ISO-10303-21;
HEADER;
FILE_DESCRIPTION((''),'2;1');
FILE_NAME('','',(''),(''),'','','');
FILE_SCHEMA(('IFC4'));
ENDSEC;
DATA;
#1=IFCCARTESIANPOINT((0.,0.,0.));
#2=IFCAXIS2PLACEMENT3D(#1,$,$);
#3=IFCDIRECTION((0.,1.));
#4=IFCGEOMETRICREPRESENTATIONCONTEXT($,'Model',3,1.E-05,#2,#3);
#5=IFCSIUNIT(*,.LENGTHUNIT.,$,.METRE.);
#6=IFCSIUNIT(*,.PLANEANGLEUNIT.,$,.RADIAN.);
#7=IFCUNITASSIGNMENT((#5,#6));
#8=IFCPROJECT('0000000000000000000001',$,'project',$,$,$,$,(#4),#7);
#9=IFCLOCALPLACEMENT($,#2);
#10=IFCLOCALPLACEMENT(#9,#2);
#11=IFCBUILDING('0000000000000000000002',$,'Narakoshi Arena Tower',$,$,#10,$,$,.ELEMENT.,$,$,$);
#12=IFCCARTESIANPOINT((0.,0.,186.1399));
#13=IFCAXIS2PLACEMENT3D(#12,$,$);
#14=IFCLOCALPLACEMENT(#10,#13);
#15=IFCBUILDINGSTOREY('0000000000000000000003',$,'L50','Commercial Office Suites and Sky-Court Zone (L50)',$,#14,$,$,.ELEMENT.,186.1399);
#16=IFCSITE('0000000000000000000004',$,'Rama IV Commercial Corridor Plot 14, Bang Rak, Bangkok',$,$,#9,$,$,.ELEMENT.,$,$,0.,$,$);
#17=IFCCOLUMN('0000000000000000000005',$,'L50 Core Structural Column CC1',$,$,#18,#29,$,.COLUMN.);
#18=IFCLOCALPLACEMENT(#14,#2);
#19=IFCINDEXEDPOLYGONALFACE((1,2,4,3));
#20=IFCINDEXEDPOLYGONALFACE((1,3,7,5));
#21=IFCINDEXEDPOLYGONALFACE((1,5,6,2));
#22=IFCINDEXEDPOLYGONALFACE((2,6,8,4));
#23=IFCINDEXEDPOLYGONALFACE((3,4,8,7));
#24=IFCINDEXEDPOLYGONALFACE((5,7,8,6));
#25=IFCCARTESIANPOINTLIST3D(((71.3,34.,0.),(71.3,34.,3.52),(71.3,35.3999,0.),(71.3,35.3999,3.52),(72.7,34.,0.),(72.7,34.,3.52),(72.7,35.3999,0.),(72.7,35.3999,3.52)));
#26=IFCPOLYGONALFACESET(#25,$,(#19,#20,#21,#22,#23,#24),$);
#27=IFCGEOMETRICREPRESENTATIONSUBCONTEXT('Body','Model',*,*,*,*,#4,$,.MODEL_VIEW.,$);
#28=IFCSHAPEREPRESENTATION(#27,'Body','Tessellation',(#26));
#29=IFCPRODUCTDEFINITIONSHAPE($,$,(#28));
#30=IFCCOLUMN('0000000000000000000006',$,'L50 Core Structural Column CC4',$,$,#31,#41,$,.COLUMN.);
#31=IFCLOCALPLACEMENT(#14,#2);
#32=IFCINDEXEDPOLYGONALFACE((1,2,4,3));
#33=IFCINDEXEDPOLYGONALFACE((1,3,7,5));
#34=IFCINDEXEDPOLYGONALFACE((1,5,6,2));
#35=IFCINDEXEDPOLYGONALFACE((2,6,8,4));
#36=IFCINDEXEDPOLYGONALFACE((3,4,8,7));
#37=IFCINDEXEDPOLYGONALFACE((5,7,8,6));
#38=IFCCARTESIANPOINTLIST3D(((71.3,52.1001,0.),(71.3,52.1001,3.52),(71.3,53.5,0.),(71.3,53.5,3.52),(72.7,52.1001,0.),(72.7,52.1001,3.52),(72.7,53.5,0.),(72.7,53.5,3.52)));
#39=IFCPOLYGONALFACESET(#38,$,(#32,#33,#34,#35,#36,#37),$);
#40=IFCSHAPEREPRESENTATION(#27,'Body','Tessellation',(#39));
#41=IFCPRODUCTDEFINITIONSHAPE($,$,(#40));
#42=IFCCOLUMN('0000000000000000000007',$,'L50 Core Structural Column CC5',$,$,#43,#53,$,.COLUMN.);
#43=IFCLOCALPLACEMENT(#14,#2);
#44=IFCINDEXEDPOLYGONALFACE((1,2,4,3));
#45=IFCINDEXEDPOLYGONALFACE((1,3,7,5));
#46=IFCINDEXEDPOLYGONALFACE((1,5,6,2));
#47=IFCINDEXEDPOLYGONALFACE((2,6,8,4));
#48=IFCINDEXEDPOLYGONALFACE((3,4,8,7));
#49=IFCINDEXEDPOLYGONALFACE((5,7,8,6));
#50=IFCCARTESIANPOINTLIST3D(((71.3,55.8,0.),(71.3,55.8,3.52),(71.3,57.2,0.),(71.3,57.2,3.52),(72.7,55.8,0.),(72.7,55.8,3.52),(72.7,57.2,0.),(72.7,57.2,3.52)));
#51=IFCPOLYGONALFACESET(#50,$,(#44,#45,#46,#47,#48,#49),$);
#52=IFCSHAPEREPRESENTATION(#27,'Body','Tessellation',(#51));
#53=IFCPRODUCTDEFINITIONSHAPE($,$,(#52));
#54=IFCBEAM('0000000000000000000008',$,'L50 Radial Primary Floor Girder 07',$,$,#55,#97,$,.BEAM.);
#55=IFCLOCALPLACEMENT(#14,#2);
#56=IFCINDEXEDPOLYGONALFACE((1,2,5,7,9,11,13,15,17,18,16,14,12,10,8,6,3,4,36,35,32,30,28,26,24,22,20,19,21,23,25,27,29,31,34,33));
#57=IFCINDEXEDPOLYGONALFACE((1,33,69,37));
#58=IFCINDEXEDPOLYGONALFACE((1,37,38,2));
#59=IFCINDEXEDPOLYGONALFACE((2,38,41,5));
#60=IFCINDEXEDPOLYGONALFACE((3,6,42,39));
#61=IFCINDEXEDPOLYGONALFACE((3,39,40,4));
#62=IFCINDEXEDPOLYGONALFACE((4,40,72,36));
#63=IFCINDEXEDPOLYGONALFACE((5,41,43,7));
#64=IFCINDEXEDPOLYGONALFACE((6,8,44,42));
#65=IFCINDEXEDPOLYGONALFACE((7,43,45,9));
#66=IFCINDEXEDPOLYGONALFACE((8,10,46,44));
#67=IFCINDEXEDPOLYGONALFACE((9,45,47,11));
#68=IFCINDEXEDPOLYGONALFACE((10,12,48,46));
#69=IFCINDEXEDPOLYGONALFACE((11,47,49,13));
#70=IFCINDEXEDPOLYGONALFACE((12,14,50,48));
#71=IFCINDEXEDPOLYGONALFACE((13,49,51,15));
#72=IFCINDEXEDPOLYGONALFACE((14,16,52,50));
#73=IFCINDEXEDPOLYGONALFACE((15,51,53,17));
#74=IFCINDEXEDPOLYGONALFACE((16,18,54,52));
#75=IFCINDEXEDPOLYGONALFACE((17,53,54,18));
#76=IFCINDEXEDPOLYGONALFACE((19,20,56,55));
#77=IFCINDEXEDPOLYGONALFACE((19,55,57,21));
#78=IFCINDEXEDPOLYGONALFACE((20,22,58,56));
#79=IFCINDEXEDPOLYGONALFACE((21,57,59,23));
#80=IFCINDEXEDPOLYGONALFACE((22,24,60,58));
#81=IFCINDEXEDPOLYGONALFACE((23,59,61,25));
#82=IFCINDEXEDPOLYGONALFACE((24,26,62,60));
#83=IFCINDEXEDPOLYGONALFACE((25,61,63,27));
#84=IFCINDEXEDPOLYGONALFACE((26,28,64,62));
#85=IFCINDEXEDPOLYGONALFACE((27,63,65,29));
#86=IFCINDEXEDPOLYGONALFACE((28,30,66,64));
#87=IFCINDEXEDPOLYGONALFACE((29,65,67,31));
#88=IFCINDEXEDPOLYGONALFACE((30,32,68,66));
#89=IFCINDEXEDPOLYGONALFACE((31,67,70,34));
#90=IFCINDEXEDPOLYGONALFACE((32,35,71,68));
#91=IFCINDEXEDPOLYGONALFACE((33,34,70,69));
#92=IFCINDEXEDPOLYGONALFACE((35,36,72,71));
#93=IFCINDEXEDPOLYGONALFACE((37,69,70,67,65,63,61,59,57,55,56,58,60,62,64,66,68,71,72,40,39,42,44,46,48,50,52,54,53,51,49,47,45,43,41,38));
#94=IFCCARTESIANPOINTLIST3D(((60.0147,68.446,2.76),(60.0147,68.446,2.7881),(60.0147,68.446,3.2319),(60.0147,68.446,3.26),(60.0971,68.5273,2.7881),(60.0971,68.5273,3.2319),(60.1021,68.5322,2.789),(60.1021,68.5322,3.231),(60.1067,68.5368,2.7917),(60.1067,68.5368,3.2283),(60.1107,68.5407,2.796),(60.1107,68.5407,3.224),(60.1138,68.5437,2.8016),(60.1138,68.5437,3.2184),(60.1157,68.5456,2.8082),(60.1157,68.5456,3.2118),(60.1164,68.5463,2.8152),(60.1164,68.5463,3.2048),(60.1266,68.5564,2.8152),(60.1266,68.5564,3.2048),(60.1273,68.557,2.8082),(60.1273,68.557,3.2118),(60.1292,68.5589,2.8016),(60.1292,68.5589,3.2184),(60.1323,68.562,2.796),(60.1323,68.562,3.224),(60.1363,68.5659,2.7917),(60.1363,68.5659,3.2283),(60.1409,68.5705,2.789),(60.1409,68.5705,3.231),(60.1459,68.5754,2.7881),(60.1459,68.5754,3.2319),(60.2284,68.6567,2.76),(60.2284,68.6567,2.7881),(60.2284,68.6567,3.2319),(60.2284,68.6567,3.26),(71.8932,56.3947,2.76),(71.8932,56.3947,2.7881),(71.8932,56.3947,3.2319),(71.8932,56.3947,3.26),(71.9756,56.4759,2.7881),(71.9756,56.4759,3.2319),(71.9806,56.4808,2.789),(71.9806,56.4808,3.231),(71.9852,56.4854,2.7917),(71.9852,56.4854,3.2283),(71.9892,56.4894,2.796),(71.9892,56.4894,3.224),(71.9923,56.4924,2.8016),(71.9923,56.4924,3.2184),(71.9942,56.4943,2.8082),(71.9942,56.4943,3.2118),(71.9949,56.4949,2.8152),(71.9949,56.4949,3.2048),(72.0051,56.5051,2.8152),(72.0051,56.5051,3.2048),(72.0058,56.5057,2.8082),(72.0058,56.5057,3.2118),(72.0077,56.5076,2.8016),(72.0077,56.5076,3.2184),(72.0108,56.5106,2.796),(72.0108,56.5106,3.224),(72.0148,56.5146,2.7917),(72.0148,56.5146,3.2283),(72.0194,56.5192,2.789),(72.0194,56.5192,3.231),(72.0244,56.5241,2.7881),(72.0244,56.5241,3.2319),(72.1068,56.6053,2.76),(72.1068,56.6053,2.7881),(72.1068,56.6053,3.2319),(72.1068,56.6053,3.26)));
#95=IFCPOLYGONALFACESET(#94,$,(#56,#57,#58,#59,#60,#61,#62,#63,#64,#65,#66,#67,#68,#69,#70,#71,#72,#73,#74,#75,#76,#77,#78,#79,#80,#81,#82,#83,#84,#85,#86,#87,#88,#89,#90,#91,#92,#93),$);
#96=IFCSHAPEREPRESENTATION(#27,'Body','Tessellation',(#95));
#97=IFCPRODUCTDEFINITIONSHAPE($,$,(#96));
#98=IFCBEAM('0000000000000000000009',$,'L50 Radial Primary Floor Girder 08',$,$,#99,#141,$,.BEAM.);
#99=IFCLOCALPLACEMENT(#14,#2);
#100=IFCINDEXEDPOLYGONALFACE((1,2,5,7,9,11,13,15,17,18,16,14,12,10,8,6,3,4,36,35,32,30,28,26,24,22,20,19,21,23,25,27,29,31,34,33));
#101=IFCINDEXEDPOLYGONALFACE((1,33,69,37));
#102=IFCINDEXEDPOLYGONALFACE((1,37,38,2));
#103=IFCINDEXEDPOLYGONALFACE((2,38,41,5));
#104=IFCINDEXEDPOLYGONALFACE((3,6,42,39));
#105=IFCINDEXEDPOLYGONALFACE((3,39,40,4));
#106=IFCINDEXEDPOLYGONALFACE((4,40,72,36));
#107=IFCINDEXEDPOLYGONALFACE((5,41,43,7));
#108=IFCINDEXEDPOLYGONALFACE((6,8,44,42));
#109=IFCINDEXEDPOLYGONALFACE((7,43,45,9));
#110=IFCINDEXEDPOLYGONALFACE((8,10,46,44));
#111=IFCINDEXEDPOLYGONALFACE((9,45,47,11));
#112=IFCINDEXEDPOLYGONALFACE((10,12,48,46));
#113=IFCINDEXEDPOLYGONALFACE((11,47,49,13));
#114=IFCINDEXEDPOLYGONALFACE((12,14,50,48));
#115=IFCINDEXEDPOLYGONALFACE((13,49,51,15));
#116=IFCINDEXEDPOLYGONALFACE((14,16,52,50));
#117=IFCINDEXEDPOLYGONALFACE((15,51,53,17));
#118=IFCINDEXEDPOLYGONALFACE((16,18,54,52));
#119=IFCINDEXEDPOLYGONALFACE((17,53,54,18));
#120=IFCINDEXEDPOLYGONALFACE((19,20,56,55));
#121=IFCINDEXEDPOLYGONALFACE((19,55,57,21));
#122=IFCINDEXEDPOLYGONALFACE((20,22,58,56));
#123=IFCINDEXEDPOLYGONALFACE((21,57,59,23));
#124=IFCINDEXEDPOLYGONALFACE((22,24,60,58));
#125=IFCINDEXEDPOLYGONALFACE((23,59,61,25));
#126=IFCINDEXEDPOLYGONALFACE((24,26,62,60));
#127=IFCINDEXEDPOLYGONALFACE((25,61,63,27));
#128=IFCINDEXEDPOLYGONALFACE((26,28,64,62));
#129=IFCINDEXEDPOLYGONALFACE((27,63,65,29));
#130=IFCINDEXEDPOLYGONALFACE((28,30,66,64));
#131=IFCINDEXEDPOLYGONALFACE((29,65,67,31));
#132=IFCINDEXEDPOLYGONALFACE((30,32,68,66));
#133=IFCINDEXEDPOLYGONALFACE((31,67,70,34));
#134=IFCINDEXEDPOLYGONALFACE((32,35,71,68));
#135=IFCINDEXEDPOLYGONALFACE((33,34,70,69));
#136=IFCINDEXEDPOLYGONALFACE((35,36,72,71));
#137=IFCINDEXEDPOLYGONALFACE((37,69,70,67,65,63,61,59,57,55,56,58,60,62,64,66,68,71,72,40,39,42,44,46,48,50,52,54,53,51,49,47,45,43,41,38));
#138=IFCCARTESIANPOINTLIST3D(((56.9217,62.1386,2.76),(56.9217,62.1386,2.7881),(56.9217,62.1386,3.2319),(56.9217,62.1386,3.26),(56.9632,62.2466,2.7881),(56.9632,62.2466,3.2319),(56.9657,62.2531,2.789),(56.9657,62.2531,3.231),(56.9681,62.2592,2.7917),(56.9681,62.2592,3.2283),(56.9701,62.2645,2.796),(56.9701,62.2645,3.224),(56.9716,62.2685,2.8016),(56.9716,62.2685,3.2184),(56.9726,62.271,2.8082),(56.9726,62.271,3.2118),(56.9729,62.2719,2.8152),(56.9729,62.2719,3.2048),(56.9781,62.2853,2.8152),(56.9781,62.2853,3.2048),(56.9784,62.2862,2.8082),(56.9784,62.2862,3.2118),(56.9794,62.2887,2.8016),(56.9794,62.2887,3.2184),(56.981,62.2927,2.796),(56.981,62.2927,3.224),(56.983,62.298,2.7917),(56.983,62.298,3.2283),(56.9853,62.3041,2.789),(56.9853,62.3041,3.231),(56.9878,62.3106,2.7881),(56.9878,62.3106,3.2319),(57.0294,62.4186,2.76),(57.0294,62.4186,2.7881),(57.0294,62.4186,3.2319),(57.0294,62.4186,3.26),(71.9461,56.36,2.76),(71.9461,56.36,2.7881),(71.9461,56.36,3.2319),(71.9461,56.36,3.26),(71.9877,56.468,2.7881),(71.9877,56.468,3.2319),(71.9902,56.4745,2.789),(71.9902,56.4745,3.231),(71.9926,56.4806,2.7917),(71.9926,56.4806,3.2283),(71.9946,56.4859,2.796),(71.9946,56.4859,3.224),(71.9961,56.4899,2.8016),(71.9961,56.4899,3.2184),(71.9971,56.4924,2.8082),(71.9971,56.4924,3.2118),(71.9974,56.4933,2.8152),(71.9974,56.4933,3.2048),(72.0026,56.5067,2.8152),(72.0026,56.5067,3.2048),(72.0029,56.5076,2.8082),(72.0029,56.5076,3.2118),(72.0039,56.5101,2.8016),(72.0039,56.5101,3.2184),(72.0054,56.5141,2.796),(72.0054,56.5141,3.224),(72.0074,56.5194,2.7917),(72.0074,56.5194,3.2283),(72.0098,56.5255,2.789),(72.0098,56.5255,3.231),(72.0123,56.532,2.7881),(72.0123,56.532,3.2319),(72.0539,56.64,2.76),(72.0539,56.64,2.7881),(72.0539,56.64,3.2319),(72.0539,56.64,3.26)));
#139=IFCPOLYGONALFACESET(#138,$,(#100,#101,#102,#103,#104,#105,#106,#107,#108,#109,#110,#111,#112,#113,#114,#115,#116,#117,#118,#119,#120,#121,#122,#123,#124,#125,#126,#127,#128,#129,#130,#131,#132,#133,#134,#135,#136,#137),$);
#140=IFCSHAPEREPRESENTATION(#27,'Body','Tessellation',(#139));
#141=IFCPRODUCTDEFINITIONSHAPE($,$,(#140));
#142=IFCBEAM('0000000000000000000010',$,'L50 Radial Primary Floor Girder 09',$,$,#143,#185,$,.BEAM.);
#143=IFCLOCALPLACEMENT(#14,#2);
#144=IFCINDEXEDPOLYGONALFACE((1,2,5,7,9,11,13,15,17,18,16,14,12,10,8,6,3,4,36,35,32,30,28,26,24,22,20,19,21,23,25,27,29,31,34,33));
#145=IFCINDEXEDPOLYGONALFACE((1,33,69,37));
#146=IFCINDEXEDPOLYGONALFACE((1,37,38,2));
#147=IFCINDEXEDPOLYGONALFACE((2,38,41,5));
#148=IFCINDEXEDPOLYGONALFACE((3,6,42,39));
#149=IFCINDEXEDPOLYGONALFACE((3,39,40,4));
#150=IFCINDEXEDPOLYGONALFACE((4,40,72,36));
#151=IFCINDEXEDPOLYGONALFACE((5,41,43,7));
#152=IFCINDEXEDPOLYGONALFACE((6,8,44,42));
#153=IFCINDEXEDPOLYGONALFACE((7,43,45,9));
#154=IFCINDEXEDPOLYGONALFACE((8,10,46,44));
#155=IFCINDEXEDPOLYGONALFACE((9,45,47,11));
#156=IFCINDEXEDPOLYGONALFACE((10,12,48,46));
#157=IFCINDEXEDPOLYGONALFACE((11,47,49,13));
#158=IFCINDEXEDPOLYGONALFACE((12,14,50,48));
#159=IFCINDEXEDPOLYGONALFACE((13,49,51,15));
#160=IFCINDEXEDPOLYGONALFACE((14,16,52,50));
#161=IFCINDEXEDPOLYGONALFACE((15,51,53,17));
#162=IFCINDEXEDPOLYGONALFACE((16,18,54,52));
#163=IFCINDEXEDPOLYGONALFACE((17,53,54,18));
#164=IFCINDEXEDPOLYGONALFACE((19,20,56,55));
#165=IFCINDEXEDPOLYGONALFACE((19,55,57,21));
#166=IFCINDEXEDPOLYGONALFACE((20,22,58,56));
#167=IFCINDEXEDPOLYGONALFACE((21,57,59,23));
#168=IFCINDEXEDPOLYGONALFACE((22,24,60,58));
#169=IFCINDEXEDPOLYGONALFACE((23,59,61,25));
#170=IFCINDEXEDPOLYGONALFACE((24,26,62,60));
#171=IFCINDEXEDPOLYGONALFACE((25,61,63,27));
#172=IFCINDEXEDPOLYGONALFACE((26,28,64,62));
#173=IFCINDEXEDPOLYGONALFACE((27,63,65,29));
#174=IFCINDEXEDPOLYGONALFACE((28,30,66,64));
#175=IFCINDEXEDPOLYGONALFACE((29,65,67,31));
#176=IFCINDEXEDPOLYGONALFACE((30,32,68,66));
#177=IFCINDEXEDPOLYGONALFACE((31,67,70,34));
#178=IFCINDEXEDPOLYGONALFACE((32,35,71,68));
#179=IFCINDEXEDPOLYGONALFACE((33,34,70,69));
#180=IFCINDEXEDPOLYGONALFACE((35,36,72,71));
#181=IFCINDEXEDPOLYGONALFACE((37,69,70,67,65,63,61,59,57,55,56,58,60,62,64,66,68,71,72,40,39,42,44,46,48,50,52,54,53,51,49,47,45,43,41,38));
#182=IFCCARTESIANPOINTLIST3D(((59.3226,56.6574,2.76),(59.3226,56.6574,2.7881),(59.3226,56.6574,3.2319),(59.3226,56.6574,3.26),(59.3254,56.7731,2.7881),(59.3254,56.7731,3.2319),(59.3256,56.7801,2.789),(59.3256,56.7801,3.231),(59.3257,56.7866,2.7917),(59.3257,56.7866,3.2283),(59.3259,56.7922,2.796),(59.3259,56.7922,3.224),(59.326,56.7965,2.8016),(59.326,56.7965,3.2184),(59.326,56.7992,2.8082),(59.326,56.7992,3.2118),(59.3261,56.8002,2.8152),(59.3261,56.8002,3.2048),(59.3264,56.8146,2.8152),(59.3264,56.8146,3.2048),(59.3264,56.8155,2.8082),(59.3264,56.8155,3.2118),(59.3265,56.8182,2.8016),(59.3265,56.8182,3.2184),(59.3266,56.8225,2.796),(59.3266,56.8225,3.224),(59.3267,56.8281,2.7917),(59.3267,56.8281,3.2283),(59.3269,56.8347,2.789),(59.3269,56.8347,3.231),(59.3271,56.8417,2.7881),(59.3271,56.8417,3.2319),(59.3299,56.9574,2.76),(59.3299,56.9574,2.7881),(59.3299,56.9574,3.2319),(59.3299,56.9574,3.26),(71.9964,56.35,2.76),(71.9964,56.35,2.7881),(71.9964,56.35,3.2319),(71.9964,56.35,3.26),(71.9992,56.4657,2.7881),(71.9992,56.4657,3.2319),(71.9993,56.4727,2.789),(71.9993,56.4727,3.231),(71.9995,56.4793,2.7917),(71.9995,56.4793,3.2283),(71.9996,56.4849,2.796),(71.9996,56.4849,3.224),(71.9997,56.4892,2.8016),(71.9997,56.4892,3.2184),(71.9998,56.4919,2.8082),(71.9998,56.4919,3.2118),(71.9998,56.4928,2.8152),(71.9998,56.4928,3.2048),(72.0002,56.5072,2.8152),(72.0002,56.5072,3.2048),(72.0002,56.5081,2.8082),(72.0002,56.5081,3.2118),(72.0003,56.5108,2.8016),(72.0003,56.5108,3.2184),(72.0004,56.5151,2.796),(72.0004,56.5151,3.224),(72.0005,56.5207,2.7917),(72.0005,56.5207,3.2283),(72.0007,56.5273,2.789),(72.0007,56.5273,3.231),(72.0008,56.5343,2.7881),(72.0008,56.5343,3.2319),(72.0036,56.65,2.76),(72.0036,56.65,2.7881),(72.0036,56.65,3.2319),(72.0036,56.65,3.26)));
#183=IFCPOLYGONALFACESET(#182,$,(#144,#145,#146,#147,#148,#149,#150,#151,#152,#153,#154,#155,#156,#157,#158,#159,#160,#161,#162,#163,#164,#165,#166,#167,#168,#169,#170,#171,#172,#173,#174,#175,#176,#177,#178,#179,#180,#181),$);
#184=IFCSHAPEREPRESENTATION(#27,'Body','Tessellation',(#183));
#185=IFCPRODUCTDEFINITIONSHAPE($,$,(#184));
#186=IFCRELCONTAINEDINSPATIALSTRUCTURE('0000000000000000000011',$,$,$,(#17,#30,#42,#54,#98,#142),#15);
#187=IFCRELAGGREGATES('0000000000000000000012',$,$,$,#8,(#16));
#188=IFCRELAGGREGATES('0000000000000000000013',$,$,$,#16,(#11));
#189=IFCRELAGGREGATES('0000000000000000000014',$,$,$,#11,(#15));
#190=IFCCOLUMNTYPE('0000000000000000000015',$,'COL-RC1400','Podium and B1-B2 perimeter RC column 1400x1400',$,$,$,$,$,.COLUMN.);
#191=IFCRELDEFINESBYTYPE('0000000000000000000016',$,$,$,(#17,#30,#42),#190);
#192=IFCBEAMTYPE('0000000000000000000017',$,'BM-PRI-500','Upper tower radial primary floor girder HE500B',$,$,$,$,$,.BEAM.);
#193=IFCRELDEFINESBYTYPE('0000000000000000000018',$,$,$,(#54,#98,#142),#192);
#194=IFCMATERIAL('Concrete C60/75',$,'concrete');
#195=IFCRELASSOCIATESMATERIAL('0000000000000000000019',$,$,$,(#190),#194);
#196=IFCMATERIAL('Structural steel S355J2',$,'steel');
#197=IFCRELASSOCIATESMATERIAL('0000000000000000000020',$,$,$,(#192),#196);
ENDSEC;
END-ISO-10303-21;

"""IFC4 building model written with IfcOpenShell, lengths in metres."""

from ifc_helpers import new_model, si_unit, direction, frame, origin, origin_2d, place, context, subcontext, project, spatial, rectangle, i_section, extrude, material, material_profile, profile_set, type_object, element, save


model = new_model("IFC4")

# Units and contexts
model_context = context("Model", 3, precision=1e-05, world=origin(), true_north=direction((0.0, 1.0)))
body_context = subcontext(model_context, "Body", "Model", "MODEL_VIEW")
ifc_project = project(units=[si_unit("LENGTHUNIT", "METRE"), si_unit("PLANEANGLEUNIT", "RADIAN")], contexts=[model_context])

# Site, building, storey
site_placement = place(None, origin())
site = spatial("IfcSite", under=ifc_project, at=site_placement, Name="Rama IV Commercial Corridor Plot 14, Bang Rak, Bangkok", CompositionType="ELEMENT", RefElevation=0.0)
building_placement = place(site_placement, origin())
building = spatial("IfcBuilding", under=site, at=building_placement, Name="Narakoshi Arena Tower", CompositionType="ELEMENT")
storey_placement = place(building_placement, frame((0.0, 0.0, 186.1399)))
storey = spatial("IfcBuildingStorey", under=building, at=storey_placement, Name="L50", Description="Commercial Office Suites and Sky-Court Zone (L50)", CompositionType="ELEMENT", Elevation=186.1399)

# Columns
ifc_material_1 = material(Name="Concrete C60/75", Category="concrete")
ifc_material_profile_1 = material_profile(ifc_material_1, rectangle(XDim=1.3999, YDim=1.3999, at=origin_2d()), Name="RC1400x1400")
ifc_profile_set_1 = profile_set([ifc_material_profile_1], Name="Concrete C60/75")
column_type = type_object("IfcColumnType", Name="COL-RC1400", Description="Podium and B1-B2 perimeter RC column 1400x1400", PredefinedType="COLUMN", material=ifc_profile_set_1)
for number, where, z_axis, x_axis, name in (
    (1, (72.0, 34.7, 0.0), (0.0, 0.0, 1.0), (1.0, 0.0, 0.0), "L50 Core Structural Column CC1"),
    (2, (72.0, 52.8, 0.0), (0.0, 0.0, 1.0), (1.0, 0.0, 0.0), "L50 Core Structural Column CC4"),
    (3, (72.0, 56.5, 0.0), (0.0, 0.0, 1.0), (1.0, 0.0, 0.0), "L50 Core Structural Column CC5"),
):
    element("IfcColumn", number, at=place(storey_placement, frame(where, z_axis=z_axis, x_axis=x_axis)), inside=storey, type_object=column_type, Name=name, PredefinedType="COLUMN", context=body_context, shape_type="SweptSolid", body=[
        extrude(rectangle(XDim=1.3999, YDim=1.3999, at=origin_2d()), origin(), (0.0, 0.0, 1.0), 3.52),
    ])

# Beams
ifc_material_2 = material(Name="Structural steel S355J2", Category="steel")
ifc_material_profile_2 = material_profile(ifc_material_2, i_section(OverallWidth=0.3, OverallDepth=0.5, WebThickness=0.0144, FlangeThickness=0.0281, FilletRadius=0.0271, at=origin_2d()), Name="HE500B")
ifc_profile_set_2 = profile_set([ifc_material_profile_2], Name="Structural steel S355J2")
beam_type_1 = type_object("IfcBeamType", Name="BM-PRI-500", Description="Upper tower radial primary floor girder HE500B", PredefinedType="BEAM", material=ifc_profile_set_2)
beam_1_placement = place(storey_placement, frame((72.0, 56.5, 3.01), z_axis=(-0.701981, 0.712196, 0.0), x_axis=(-0.712196, -0.701981, 0.0)))
element("IfcBeam", 4, at=beam_1_placement, inside=storey, type_object=beam_type_1, Name="L50 Radial Primary Floor Girder 07", PredefinedType="BEAM", context=body_context, shape_type="SweptSolid", body=[
    extrude(i_section(OverallWidth=0.3, OverallDepth=0.5, WebThickness=0.0144, FlangeThickness=0.0281, FilletRadius=0.0271, at=origin_2d()), origin(), (0.0, 0.0, 1.0), 16.9214),
])
beam_2_placement = place(storey_placement, frame((72.0, 56.5, 3.01), z_axis=(-0.933347, 0.358976, 0.0), x_axis=(-0.358976, -0.933347, 0.0)))
element("IfcBeam", 5, at=beam_2_placement, inside=storey, type_object=beam_type_1, Name="L50 Radial Primary Floor Girder 08", PredefinedType="BEAM", context=body_context, shape_type="SweptSolid", body=[
    extrude(i_section(OverallWidth=0.3, OverallDepth=0.5, WebThickness=0.0144, FlangeThickness=0.0281, FilletRadius=0.0271, at=origin_2d()), origin(), (0.0, 0.0, 1.0), 16.0974),
])
beam_3_placement = place(storey_placement, frame((72.0, 56.5, 3.01), z_axis=(-0.999706, 0.024245, 0.0), x_axis=(-0.024245, -0.999706, 0.0)))
element("IfcBeam", 6, at=beam_3_placement, inside=storey, type_object=beam_type_1, Name="L50 Radial Primary Floor Girder 09", PredefinedType="BEAM", context=body_context, shape_type="SweptSolid", body=[
    extrude(i_section(OverallWidth=0.3, OverallDepth=0.5, WebThickness=0.0144, FlangeThickness=0.0281, FilletRadius=0.0271, at=origin_2d()), origin(), (0.0, 0.0, 1.0), 12.6775),
])

save(model, "model.ifc")
